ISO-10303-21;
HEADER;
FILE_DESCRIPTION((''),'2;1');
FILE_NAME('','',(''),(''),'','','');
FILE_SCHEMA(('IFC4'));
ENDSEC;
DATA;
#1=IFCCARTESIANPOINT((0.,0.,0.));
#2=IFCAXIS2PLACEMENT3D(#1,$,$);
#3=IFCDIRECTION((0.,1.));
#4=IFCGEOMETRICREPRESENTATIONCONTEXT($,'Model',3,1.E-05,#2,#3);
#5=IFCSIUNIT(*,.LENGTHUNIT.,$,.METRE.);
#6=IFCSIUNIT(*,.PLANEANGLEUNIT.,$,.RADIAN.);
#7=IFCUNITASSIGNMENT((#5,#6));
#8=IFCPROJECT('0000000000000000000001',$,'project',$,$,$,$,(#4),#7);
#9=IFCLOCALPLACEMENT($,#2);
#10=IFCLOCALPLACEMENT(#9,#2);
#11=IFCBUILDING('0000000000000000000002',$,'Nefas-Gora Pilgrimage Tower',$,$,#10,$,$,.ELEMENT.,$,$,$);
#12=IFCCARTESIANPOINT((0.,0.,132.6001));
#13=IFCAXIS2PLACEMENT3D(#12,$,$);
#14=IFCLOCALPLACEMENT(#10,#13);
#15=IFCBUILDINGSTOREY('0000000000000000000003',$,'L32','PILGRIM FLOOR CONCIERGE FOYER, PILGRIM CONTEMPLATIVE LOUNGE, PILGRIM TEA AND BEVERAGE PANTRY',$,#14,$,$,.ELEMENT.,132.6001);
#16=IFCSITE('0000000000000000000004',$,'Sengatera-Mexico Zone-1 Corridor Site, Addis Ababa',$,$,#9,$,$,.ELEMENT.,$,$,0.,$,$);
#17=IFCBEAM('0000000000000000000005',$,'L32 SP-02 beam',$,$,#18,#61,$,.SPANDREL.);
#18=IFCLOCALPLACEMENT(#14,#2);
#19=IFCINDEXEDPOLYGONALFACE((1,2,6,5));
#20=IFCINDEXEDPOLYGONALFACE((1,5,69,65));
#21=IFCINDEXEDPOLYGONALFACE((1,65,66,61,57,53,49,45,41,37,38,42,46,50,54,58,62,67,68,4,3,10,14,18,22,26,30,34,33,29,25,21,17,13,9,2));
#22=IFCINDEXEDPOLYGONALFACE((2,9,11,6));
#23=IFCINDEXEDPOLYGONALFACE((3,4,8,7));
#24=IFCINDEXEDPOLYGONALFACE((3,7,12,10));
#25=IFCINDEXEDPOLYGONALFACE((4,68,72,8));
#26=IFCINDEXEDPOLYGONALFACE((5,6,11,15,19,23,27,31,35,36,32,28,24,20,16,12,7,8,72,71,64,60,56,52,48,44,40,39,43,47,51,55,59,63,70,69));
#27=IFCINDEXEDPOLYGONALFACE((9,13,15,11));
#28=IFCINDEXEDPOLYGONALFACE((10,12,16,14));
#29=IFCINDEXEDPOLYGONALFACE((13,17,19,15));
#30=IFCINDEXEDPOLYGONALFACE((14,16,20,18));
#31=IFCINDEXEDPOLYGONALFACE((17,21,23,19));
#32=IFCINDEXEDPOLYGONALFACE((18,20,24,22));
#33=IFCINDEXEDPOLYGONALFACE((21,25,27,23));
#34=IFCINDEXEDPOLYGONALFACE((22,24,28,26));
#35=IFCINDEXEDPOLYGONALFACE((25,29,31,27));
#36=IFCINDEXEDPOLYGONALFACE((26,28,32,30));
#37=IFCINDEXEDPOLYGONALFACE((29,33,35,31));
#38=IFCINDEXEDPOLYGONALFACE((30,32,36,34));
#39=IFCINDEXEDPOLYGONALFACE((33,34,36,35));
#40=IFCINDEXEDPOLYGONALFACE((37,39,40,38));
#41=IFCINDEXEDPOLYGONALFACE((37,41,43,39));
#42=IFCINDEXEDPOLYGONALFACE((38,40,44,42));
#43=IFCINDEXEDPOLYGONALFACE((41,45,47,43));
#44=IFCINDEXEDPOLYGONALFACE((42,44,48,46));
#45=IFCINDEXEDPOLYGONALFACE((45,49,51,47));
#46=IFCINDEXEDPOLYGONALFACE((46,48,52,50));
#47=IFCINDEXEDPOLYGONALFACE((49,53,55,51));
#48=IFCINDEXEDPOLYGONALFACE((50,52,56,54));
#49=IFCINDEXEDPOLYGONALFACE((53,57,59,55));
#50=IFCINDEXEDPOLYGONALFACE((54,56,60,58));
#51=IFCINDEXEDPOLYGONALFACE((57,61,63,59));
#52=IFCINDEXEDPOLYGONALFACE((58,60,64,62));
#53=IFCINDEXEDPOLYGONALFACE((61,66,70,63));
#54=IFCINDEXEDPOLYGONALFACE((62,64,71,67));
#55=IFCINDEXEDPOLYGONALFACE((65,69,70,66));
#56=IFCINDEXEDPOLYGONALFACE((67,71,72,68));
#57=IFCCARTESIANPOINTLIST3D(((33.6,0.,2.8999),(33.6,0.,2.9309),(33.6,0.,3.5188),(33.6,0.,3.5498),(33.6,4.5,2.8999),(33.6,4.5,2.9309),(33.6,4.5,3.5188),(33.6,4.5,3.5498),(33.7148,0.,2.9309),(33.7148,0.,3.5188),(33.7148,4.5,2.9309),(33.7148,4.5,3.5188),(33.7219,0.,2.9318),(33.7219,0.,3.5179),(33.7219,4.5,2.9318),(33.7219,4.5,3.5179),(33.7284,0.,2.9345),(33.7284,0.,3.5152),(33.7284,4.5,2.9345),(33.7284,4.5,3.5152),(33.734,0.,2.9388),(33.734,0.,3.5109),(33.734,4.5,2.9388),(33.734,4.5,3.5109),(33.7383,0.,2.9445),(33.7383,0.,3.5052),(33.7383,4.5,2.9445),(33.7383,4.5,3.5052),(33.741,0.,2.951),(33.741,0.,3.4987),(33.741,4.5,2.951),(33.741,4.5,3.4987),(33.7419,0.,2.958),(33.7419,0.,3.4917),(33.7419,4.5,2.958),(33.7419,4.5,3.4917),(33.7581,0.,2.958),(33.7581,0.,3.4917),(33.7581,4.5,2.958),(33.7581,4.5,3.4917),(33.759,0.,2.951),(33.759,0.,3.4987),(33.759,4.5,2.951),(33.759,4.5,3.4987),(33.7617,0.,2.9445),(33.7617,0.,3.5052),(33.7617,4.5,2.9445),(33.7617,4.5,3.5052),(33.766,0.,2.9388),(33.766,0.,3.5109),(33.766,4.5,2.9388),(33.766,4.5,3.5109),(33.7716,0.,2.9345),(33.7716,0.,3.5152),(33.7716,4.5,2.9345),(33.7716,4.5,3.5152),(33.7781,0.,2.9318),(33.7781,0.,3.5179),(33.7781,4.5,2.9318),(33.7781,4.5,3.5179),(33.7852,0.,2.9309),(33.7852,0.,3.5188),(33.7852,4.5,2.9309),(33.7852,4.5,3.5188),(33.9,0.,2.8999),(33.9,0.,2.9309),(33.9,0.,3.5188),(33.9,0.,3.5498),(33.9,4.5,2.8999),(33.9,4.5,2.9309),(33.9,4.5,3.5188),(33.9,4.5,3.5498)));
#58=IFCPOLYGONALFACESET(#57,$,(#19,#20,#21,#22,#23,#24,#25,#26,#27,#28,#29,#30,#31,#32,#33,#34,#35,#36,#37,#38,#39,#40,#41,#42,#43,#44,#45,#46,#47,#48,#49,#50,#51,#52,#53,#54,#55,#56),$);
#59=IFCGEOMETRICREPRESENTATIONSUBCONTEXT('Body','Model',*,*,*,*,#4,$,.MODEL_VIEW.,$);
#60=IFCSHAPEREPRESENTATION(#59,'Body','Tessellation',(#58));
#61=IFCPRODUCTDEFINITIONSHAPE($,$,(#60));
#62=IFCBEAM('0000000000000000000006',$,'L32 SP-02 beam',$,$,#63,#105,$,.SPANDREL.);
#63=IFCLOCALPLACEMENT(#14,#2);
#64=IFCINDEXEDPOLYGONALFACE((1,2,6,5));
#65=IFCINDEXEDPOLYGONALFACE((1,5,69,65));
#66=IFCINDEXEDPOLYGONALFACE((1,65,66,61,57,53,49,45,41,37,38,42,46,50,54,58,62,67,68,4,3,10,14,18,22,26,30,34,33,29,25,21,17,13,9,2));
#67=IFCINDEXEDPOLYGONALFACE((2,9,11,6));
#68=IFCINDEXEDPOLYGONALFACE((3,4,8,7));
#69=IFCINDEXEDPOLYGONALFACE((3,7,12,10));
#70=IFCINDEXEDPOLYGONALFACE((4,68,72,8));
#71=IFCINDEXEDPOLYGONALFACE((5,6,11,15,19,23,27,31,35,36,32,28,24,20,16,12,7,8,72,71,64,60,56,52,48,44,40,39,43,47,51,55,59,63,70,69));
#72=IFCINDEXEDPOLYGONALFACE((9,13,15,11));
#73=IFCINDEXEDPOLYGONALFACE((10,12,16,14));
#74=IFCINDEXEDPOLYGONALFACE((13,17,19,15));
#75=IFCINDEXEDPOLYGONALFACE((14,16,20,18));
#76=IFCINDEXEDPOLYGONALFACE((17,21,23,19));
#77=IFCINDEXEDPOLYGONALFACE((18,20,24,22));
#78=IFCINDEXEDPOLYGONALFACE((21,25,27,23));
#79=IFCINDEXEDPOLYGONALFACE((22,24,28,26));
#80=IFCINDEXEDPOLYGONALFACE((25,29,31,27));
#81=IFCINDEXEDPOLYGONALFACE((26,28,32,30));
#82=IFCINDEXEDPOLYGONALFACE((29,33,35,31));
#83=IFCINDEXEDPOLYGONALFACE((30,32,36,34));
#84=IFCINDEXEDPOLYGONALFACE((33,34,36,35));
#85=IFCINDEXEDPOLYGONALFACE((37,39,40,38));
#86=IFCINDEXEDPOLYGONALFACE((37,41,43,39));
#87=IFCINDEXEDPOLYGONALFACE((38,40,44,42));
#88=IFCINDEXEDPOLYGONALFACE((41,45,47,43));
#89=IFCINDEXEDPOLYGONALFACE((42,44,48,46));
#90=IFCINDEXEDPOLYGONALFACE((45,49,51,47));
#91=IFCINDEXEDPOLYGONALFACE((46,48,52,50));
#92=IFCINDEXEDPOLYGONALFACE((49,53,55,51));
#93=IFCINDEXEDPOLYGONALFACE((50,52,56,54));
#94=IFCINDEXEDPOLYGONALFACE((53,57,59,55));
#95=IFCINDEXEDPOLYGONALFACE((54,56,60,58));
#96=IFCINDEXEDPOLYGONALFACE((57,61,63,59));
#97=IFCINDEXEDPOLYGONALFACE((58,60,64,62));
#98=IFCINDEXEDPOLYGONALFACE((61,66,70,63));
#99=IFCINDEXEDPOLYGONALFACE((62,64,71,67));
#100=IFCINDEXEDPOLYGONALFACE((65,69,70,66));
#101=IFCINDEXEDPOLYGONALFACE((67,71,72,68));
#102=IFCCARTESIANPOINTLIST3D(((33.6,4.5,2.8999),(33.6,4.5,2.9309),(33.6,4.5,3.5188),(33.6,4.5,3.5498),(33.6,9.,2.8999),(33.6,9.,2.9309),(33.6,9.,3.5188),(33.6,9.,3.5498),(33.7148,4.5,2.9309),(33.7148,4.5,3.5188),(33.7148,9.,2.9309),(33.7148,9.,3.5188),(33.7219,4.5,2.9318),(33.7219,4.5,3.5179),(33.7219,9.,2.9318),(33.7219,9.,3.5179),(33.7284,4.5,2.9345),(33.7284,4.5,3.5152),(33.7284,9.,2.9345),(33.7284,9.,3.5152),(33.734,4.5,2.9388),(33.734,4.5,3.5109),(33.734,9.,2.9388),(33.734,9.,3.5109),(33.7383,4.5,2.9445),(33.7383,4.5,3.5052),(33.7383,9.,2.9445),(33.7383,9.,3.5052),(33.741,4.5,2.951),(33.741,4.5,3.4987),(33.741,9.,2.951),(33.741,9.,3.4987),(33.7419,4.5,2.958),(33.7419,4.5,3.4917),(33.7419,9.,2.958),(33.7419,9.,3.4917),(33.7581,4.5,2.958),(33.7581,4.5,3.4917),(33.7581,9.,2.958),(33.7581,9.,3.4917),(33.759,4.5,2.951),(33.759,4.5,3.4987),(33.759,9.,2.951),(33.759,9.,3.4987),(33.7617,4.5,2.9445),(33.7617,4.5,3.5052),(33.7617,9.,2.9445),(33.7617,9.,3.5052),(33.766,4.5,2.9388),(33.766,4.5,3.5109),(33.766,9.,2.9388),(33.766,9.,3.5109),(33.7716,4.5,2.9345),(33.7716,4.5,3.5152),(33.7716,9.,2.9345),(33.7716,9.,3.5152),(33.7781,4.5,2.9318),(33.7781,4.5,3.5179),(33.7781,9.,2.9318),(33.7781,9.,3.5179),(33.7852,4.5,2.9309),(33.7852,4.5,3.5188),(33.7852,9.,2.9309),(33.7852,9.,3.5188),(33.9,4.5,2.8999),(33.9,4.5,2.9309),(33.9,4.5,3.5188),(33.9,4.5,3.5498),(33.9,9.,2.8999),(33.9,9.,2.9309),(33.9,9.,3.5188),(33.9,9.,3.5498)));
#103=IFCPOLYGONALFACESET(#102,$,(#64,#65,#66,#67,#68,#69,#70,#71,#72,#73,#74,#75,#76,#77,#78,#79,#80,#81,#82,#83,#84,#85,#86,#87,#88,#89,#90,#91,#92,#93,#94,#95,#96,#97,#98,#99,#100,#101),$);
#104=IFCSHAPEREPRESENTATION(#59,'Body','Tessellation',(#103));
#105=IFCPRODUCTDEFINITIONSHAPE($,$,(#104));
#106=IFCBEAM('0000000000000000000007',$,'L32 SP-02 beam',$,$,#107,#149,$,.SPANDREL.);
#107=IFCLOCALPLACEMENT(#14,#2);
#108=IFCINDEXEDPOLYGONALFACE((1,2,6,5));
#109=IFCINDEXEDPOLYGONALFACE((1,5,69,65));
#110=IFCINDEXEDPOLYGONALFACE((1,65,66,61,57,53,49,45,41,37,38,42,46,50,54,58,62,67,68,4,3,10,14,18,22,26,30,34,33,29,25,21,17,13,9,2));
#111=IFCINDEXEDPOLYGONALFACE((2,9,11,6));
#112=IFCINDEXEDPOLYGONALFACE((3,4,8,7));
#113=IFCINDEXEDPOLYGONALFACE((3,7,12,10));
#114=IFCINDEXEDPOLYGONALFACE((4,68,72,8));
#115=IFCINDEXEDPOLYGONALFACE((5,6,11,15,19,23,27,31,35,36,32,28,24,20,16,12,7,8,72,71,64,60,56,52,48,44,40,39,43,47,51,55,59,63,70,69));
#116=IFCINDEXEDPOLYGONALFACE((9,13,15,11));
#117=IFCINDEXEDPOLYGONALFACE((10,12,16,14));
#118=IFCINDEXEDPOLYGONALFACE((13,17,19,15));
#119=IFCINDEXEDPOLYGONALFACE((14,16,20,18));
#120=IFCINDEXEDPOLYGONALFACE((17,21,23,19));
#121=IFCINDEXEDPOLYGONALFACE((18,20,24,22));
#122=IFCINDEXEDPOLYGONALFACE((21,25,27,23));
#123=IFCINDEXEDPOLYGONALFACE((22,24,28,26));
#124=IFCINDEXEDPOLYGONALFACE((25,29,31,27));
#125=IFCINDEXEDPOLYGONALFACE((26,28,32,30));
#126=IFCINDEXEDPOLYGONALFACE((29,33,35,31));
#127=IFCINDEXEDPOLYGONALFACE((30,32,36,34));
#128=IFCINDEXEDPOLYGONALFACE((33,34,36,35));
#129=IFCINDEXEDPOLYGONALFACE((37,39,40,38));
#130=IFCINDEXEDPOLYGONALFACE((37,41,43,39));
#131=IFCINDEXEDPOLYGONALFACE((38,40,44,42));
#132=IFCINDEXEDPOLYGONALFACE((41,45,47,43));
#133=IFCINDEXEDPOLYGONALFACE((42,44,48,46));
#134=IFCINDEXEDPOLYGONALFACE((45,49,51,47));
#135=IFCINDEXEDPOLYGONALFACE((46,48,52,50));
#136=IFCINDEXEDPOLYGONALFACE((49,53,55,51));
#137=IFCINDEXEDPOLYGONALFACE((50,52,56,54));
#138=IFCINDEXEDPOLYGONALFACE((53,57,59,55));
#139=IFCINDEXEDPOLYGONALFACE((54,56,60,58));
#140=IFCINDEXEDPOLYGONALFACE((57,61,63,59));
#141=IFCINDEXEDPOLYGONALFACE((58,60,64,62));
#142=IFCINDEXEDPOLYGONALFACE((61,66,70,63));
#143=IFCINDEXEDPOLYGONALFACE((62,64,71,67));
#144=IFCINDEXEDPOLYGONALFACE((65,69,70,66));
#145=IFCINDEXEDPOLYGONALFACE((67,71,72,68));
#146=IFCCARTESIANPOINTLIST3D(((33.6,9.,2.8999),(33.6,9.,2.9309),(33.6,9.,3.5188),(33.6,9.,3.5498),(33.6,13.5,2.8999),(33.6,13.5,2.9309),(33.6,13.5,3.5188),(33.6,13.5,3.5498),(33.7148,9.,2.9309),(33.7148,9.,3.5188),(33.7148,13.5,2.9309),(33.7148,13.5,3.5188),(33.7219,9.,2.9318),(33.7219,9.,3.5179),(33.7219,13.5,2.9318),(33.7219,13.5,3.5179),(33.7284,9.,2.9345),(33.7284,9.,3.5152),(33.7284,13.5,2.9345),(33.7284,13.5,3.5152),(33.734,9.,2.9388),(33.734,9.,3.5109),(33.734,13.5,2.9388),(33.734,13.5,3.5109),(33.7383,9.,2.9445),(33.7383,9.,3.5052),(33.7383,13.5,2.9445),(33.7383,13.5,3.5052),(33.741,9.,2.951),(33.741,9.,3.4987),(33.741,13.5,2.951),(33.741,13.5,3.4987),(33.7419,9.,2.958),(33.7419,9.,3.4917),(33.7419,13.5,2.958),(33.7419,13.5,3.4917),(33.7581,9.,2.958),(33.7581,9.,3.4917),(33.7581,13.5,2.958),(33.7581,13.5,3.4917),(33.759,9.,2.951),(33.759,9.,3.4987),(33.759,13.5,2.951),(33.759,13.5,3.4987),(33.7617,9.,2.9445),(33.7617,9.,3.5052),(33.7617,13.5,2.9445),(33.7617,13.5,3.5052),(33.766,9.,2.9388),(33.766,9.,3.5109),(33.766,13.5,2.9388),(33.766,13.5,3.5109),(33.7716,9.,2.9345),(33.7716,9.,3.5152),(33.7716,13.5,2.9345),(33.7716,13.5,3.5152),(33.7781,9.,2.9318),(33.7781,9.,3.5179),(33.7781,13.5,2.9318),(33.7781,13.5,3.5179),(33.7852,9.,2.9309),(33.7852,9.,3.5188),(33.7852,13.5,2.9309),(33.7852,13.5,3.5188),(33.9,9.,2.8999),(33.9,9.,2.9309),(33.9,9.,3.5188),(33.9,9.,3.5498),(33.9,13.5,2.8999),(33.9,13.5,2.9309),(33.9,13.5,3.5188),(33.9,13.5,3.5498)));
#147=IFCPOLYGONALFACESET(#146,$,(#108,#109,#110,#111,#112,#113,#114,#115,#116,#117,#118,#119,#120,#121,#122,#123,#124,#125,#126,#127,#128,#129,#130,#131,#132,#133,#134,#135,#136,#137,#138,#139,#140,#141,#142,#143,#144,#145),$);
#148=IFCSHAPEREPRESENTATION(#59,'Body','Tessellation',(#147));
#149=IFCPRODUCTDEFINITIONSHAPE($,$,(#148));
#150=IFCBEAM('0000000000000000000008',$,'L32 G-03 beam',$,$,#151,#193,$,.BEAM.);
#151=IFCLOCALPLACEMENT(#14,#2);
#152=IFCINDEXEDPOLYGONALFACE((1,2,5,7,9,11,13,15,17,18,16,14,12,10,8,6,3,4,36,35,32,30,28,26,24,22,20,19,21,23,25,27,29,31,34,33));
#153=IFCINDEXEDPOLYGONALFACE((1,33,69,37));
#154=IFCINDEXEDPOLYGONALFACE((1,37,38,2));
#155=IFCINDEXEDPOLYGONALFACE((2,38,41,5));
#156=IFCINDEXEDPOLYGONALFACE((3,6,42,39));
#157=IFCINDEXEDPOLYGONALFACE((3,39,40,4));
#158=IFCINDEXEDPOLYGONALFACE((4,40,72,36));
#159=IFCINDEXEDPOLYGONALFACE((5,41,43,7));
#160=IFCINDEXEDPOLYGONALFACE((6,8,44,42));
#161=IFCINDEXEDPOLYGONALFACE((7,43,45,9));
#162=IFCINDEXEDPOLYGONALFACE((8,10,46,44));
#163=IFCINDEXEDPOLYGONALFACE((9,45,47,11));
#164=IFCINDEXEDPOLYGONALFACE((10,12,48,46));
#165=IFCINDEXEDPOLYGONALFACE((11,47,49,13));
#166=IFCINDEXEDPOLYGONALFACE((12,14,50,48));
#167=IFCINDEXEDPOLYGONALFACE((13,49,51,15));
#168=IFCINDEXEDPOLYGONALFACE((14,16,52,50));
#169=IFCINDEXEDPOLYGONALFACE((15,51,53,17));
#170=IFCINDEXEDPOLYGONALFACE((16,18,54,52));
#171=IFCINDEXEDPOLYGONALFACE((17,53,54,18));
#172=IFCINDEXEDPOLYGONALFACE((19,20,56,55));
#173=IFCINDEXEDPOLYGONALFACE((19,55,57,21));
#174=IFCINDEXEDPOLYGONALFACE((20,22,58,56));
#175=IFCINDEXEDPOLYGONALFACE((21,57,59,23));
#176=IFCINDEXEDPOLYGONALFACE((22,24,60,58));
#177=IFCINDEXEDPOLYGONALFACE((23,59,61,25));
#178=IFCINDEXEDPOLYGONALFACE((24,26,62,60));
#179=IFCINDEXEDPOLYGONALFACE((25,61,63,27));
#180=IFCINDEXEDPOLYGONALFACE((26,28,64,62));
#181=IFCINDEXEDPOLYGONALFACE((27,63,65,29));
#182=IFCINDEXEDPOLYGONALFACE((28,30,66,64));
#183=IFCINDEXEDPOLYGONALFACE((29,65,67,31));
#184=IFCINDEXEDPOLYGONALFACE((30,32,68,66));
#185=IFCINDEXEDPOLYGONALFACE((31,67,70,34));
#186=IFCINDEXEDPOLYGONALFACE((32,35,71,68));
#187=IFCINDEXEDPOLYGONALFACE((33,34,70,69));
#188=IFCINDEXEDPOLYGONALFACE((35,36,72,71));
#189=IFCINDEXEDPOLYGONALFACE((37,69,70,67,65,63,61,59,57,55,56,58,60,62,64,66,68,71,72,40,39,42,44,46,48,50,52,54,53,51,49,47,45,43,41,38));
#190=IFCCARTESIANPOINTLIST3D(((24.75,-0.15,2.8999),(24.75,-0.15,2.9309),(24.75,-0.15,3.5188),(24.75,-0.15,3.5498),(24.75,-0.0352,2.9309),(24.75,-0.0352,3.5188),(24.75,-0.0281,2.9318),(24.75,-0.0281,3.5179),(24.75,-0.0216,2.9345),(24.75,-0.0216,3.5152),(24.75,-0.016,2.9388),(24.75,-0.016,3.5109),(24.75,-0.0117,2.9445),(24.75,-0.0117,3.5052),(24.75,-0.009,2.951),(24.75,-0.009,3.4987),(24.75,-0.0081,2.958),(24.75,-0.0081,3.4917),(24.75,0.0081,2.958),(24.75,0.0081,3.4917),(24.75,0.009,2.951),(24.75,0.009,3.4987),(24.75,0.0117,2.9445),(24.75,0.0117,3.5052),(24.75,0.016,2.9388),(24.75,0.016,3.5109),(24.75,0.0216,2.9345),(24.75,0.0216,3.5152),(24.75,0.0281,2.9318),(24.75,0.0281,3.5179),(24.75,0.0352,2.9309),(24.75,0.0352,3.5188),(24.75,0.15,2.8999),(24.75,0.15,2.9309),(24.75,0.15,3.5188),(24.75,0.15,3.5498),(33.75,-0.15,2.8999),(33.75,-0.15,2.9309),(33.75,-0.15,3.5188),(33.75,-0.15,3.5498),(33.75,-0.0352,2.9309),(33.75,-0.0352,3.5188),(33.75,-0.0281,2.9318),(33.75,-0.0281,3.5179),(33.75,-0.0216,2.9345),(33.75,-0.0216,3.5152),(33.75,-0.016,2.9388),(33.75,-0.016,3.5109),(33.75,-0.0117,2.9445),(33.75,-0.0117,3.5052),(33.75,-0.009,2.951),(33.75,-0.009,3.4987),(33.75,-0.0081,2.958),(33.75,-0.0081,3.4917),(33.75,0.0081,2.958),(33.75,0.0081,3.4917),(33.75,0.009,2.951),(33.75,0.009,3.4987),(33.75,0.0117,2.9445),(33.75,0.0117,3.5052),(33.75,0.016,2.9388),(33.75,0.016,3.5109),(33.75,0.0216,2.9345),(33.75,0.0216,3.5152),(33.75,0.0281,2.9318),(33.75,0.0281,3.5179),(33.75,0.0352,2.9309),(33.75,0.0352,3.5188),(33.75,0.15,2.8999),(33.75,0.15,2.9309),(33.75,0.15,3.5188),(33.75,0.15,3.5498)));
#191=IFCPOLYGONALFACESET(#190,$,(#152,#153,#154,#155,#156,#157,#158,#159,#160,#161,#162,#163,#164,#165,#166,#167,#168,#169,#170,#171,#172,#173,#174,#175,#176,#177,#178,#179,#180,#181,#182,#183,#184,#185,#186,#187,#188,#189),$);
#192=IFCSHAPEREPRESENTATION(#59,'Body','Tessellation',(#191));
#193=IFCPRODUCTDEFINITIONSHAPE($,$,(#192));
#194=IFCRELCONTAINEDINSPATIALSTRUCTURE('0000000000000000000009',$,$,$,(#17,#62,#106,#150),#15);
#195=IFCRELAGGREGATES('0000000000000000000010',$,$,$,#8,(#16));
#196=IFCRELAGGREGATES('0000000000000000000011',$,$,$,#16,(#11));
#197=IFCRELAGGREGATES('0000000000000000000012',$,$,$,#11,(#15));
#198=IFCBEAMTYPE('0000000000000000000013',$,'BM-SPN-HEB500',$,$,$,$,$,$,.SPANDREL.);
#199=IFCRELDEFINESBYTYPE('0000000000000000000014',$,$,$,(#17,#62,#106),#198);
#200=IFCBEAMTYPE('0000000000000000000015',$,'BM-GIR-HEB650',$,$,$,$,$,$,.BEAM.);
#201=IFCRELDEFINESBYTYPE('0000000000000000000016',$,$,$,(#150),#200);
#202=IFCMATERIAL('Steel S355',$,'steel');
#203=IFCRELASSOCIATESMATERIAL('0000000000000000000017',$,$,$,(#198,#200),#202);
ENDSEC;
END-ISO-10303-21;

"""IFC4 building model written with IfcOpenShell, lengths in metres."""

from ifc_helpers import new_model, si_unit, direction, frame, origin, origin_2d, place, context, subcontext, project, spatial, i_section, extrude, source, transform, mapped, material, material_profile, profile_set, type_object, element, save


model = new_model("IFC4")

# Units and contexts
model_context = context("Model", 3, precision=1e-05, world=origin(), true_north=direction((0.0, 1.0)))
body_context = subcontext(model_context, "Body", "Model", "MODEL_VIEW")
ifc_project = project(units=[si_unit("LENGTHUNIT", "METRE"), si_unit("PLANEANGLEUNIT", "RADIAN")], contexts=[model_context])

# Site, building, storey
site_placement = place(None, origin())
site = spatial("IfcSite", under=ifc_project, at=site_placement, Name="Sengatera-Mexico Zone-1 Corridor Site, Addis Ababa", CompositionType="ELEMENT", RefElevation=0.0)
building_placement = place(site_placement, origin())
building = spatial("IfcBuilding", under=site, at=building_placement, Name="Nefas-Gora Pilgrimage Tower", CompositionType="ELEMENT")
storey_placement = place(building_placement, frame((0.0, 0.0, 132.6001)))
storey = spatial("IfcBuildingStorey", under=building, at=storey_placement, Name="L32", Description="PILGRIM FLOOR CONCIERGE FOYER, PILGRIM CONTEMPLATIVE LOUNGE, PILGRIM TEA AND BEVERAGE PANTRY", CompositionType="ELEMENT", Elevation=132.6001)

# Beams
ifc_material_1 = material(Name="Steel S355", Category="steel")
ifc_material_profile_1 = material_profile(ifc_material_1, i_section(OverallWidth=0.3, OverallDepth=0.6499, WebThickness=0.0161, FlangeThickness=0.031, FilletRadius=0.0271, at=origin_2d()), Name="HEB 650")
ifc_profile_set_1 = profile_set([ifc_material_profile_1], Name="Steel S355")
beam_type_1 = type_object("IfcBeamType", Name="BM-SPN-HEB500", PredefinedType="SPANDREL", material=ifc_profile_set_1)
shared_shape_1 = source(origin(), body_context, "Body", "SweptSolid", [
    extrude(i_section(OverallWidth=0.3, OverallDepth=0.6499, WebThickness=0.0161, FlangeThickness=0.031, FilletRadius=0.0271, at=origin_2d()), origin(), (0.0, 0.0, 1.0), 4.5),
])
for number, where, z_axis, x_axis, name in (
    (1, (33.75, 0.0, 3.2249), (0.0, 1.0, 0.0), (-1.0, 0.0, 0.0), "L32 SP-02 beam"),
    (2, (33.75, 4.5, 3.2249), (0.0, 1.0, 0.0), (-1.0, 0.0, 0.0), "L32 SP-02 beam"),
    (3, (33.75, 9.0, 3.2249), (0.0, 1.0, 0.0), (-1.0, 0.0, 0.0), "L32 SP-02 beam"),
):
    element("IfcBeam", number, at=place(storey_placement, frame(where, z_axis=z_axis, x_axis=x_axis)), inside=storey, type_object=beam_type_1, Name=name, PredefinedType="SPANDREL", context=body_context, shape_type="MappedRepresentation", body=[
        mapped(shared_shape_1, transform((0.0, 0.0, 0.0), x_axis=(1.0, 0.0, 0.0), y_axis=(0.0, 1.0, 0.0), z_axis=(0.0, 0.0, 1.0), scale=1.0)),
    ])
ifc_material_profile_2 = material_profile(ifc_material_1, i_section(OverallWidth=0.3, OverallDepth=0.6499, WebThickness=0.0161, FlangeThickness=0.031, FilletRadius=0.0271, at=origin_2d()), Name="HEB 650")
ifc_profile_set_2 = profile_set([ifc_material_profile_2], Name="Steel S355")
beam_type_2 = type_object("IfcBeamType", Name="BM-GIR-HEB650", PredefinedType="BEAM", material=ifc_profile_set_2)
shared_shape_2 = source(origin(), body_context, "Body", "SweptSolid", [
    extrude(i_section(OverallWidth=0.3, OverallDepth=0.6499, WebThickness=0.0161, FlangeThickness=0.031, FilletRadius=0.0271, at=origin_2d()), origin(), (0.0, 0.0, 1.0), 9.0),
])
for number, where, z_axis, x_axis, name in (
    (4, (24.75, 0.0, 3.2249), (1.0, 0.0, 0.0), (0.0, 1.0, 0.0), "L32 G-03 beam"),
):
    element("IfcBeam", number, at=place(storey_placement, frame(where, z_axis=z_axis, x_axis=x_axis)), inside=storey, type_object=beam_type_2, Name=name, PredefinedType="BEAM", context=body_context, shape_type="MappedRepresentation", body=[
        mapped(shared_shape_2, transform((0.0, 0.0, 0.0), x_axis=(1.0, 0.0, 0.0), y_axis=(0.0, 1.0, 0.0), z_axis=(0.0, 0.0, 1.0), scale=1.0)),
    ])

save(model, "model.ifc")
